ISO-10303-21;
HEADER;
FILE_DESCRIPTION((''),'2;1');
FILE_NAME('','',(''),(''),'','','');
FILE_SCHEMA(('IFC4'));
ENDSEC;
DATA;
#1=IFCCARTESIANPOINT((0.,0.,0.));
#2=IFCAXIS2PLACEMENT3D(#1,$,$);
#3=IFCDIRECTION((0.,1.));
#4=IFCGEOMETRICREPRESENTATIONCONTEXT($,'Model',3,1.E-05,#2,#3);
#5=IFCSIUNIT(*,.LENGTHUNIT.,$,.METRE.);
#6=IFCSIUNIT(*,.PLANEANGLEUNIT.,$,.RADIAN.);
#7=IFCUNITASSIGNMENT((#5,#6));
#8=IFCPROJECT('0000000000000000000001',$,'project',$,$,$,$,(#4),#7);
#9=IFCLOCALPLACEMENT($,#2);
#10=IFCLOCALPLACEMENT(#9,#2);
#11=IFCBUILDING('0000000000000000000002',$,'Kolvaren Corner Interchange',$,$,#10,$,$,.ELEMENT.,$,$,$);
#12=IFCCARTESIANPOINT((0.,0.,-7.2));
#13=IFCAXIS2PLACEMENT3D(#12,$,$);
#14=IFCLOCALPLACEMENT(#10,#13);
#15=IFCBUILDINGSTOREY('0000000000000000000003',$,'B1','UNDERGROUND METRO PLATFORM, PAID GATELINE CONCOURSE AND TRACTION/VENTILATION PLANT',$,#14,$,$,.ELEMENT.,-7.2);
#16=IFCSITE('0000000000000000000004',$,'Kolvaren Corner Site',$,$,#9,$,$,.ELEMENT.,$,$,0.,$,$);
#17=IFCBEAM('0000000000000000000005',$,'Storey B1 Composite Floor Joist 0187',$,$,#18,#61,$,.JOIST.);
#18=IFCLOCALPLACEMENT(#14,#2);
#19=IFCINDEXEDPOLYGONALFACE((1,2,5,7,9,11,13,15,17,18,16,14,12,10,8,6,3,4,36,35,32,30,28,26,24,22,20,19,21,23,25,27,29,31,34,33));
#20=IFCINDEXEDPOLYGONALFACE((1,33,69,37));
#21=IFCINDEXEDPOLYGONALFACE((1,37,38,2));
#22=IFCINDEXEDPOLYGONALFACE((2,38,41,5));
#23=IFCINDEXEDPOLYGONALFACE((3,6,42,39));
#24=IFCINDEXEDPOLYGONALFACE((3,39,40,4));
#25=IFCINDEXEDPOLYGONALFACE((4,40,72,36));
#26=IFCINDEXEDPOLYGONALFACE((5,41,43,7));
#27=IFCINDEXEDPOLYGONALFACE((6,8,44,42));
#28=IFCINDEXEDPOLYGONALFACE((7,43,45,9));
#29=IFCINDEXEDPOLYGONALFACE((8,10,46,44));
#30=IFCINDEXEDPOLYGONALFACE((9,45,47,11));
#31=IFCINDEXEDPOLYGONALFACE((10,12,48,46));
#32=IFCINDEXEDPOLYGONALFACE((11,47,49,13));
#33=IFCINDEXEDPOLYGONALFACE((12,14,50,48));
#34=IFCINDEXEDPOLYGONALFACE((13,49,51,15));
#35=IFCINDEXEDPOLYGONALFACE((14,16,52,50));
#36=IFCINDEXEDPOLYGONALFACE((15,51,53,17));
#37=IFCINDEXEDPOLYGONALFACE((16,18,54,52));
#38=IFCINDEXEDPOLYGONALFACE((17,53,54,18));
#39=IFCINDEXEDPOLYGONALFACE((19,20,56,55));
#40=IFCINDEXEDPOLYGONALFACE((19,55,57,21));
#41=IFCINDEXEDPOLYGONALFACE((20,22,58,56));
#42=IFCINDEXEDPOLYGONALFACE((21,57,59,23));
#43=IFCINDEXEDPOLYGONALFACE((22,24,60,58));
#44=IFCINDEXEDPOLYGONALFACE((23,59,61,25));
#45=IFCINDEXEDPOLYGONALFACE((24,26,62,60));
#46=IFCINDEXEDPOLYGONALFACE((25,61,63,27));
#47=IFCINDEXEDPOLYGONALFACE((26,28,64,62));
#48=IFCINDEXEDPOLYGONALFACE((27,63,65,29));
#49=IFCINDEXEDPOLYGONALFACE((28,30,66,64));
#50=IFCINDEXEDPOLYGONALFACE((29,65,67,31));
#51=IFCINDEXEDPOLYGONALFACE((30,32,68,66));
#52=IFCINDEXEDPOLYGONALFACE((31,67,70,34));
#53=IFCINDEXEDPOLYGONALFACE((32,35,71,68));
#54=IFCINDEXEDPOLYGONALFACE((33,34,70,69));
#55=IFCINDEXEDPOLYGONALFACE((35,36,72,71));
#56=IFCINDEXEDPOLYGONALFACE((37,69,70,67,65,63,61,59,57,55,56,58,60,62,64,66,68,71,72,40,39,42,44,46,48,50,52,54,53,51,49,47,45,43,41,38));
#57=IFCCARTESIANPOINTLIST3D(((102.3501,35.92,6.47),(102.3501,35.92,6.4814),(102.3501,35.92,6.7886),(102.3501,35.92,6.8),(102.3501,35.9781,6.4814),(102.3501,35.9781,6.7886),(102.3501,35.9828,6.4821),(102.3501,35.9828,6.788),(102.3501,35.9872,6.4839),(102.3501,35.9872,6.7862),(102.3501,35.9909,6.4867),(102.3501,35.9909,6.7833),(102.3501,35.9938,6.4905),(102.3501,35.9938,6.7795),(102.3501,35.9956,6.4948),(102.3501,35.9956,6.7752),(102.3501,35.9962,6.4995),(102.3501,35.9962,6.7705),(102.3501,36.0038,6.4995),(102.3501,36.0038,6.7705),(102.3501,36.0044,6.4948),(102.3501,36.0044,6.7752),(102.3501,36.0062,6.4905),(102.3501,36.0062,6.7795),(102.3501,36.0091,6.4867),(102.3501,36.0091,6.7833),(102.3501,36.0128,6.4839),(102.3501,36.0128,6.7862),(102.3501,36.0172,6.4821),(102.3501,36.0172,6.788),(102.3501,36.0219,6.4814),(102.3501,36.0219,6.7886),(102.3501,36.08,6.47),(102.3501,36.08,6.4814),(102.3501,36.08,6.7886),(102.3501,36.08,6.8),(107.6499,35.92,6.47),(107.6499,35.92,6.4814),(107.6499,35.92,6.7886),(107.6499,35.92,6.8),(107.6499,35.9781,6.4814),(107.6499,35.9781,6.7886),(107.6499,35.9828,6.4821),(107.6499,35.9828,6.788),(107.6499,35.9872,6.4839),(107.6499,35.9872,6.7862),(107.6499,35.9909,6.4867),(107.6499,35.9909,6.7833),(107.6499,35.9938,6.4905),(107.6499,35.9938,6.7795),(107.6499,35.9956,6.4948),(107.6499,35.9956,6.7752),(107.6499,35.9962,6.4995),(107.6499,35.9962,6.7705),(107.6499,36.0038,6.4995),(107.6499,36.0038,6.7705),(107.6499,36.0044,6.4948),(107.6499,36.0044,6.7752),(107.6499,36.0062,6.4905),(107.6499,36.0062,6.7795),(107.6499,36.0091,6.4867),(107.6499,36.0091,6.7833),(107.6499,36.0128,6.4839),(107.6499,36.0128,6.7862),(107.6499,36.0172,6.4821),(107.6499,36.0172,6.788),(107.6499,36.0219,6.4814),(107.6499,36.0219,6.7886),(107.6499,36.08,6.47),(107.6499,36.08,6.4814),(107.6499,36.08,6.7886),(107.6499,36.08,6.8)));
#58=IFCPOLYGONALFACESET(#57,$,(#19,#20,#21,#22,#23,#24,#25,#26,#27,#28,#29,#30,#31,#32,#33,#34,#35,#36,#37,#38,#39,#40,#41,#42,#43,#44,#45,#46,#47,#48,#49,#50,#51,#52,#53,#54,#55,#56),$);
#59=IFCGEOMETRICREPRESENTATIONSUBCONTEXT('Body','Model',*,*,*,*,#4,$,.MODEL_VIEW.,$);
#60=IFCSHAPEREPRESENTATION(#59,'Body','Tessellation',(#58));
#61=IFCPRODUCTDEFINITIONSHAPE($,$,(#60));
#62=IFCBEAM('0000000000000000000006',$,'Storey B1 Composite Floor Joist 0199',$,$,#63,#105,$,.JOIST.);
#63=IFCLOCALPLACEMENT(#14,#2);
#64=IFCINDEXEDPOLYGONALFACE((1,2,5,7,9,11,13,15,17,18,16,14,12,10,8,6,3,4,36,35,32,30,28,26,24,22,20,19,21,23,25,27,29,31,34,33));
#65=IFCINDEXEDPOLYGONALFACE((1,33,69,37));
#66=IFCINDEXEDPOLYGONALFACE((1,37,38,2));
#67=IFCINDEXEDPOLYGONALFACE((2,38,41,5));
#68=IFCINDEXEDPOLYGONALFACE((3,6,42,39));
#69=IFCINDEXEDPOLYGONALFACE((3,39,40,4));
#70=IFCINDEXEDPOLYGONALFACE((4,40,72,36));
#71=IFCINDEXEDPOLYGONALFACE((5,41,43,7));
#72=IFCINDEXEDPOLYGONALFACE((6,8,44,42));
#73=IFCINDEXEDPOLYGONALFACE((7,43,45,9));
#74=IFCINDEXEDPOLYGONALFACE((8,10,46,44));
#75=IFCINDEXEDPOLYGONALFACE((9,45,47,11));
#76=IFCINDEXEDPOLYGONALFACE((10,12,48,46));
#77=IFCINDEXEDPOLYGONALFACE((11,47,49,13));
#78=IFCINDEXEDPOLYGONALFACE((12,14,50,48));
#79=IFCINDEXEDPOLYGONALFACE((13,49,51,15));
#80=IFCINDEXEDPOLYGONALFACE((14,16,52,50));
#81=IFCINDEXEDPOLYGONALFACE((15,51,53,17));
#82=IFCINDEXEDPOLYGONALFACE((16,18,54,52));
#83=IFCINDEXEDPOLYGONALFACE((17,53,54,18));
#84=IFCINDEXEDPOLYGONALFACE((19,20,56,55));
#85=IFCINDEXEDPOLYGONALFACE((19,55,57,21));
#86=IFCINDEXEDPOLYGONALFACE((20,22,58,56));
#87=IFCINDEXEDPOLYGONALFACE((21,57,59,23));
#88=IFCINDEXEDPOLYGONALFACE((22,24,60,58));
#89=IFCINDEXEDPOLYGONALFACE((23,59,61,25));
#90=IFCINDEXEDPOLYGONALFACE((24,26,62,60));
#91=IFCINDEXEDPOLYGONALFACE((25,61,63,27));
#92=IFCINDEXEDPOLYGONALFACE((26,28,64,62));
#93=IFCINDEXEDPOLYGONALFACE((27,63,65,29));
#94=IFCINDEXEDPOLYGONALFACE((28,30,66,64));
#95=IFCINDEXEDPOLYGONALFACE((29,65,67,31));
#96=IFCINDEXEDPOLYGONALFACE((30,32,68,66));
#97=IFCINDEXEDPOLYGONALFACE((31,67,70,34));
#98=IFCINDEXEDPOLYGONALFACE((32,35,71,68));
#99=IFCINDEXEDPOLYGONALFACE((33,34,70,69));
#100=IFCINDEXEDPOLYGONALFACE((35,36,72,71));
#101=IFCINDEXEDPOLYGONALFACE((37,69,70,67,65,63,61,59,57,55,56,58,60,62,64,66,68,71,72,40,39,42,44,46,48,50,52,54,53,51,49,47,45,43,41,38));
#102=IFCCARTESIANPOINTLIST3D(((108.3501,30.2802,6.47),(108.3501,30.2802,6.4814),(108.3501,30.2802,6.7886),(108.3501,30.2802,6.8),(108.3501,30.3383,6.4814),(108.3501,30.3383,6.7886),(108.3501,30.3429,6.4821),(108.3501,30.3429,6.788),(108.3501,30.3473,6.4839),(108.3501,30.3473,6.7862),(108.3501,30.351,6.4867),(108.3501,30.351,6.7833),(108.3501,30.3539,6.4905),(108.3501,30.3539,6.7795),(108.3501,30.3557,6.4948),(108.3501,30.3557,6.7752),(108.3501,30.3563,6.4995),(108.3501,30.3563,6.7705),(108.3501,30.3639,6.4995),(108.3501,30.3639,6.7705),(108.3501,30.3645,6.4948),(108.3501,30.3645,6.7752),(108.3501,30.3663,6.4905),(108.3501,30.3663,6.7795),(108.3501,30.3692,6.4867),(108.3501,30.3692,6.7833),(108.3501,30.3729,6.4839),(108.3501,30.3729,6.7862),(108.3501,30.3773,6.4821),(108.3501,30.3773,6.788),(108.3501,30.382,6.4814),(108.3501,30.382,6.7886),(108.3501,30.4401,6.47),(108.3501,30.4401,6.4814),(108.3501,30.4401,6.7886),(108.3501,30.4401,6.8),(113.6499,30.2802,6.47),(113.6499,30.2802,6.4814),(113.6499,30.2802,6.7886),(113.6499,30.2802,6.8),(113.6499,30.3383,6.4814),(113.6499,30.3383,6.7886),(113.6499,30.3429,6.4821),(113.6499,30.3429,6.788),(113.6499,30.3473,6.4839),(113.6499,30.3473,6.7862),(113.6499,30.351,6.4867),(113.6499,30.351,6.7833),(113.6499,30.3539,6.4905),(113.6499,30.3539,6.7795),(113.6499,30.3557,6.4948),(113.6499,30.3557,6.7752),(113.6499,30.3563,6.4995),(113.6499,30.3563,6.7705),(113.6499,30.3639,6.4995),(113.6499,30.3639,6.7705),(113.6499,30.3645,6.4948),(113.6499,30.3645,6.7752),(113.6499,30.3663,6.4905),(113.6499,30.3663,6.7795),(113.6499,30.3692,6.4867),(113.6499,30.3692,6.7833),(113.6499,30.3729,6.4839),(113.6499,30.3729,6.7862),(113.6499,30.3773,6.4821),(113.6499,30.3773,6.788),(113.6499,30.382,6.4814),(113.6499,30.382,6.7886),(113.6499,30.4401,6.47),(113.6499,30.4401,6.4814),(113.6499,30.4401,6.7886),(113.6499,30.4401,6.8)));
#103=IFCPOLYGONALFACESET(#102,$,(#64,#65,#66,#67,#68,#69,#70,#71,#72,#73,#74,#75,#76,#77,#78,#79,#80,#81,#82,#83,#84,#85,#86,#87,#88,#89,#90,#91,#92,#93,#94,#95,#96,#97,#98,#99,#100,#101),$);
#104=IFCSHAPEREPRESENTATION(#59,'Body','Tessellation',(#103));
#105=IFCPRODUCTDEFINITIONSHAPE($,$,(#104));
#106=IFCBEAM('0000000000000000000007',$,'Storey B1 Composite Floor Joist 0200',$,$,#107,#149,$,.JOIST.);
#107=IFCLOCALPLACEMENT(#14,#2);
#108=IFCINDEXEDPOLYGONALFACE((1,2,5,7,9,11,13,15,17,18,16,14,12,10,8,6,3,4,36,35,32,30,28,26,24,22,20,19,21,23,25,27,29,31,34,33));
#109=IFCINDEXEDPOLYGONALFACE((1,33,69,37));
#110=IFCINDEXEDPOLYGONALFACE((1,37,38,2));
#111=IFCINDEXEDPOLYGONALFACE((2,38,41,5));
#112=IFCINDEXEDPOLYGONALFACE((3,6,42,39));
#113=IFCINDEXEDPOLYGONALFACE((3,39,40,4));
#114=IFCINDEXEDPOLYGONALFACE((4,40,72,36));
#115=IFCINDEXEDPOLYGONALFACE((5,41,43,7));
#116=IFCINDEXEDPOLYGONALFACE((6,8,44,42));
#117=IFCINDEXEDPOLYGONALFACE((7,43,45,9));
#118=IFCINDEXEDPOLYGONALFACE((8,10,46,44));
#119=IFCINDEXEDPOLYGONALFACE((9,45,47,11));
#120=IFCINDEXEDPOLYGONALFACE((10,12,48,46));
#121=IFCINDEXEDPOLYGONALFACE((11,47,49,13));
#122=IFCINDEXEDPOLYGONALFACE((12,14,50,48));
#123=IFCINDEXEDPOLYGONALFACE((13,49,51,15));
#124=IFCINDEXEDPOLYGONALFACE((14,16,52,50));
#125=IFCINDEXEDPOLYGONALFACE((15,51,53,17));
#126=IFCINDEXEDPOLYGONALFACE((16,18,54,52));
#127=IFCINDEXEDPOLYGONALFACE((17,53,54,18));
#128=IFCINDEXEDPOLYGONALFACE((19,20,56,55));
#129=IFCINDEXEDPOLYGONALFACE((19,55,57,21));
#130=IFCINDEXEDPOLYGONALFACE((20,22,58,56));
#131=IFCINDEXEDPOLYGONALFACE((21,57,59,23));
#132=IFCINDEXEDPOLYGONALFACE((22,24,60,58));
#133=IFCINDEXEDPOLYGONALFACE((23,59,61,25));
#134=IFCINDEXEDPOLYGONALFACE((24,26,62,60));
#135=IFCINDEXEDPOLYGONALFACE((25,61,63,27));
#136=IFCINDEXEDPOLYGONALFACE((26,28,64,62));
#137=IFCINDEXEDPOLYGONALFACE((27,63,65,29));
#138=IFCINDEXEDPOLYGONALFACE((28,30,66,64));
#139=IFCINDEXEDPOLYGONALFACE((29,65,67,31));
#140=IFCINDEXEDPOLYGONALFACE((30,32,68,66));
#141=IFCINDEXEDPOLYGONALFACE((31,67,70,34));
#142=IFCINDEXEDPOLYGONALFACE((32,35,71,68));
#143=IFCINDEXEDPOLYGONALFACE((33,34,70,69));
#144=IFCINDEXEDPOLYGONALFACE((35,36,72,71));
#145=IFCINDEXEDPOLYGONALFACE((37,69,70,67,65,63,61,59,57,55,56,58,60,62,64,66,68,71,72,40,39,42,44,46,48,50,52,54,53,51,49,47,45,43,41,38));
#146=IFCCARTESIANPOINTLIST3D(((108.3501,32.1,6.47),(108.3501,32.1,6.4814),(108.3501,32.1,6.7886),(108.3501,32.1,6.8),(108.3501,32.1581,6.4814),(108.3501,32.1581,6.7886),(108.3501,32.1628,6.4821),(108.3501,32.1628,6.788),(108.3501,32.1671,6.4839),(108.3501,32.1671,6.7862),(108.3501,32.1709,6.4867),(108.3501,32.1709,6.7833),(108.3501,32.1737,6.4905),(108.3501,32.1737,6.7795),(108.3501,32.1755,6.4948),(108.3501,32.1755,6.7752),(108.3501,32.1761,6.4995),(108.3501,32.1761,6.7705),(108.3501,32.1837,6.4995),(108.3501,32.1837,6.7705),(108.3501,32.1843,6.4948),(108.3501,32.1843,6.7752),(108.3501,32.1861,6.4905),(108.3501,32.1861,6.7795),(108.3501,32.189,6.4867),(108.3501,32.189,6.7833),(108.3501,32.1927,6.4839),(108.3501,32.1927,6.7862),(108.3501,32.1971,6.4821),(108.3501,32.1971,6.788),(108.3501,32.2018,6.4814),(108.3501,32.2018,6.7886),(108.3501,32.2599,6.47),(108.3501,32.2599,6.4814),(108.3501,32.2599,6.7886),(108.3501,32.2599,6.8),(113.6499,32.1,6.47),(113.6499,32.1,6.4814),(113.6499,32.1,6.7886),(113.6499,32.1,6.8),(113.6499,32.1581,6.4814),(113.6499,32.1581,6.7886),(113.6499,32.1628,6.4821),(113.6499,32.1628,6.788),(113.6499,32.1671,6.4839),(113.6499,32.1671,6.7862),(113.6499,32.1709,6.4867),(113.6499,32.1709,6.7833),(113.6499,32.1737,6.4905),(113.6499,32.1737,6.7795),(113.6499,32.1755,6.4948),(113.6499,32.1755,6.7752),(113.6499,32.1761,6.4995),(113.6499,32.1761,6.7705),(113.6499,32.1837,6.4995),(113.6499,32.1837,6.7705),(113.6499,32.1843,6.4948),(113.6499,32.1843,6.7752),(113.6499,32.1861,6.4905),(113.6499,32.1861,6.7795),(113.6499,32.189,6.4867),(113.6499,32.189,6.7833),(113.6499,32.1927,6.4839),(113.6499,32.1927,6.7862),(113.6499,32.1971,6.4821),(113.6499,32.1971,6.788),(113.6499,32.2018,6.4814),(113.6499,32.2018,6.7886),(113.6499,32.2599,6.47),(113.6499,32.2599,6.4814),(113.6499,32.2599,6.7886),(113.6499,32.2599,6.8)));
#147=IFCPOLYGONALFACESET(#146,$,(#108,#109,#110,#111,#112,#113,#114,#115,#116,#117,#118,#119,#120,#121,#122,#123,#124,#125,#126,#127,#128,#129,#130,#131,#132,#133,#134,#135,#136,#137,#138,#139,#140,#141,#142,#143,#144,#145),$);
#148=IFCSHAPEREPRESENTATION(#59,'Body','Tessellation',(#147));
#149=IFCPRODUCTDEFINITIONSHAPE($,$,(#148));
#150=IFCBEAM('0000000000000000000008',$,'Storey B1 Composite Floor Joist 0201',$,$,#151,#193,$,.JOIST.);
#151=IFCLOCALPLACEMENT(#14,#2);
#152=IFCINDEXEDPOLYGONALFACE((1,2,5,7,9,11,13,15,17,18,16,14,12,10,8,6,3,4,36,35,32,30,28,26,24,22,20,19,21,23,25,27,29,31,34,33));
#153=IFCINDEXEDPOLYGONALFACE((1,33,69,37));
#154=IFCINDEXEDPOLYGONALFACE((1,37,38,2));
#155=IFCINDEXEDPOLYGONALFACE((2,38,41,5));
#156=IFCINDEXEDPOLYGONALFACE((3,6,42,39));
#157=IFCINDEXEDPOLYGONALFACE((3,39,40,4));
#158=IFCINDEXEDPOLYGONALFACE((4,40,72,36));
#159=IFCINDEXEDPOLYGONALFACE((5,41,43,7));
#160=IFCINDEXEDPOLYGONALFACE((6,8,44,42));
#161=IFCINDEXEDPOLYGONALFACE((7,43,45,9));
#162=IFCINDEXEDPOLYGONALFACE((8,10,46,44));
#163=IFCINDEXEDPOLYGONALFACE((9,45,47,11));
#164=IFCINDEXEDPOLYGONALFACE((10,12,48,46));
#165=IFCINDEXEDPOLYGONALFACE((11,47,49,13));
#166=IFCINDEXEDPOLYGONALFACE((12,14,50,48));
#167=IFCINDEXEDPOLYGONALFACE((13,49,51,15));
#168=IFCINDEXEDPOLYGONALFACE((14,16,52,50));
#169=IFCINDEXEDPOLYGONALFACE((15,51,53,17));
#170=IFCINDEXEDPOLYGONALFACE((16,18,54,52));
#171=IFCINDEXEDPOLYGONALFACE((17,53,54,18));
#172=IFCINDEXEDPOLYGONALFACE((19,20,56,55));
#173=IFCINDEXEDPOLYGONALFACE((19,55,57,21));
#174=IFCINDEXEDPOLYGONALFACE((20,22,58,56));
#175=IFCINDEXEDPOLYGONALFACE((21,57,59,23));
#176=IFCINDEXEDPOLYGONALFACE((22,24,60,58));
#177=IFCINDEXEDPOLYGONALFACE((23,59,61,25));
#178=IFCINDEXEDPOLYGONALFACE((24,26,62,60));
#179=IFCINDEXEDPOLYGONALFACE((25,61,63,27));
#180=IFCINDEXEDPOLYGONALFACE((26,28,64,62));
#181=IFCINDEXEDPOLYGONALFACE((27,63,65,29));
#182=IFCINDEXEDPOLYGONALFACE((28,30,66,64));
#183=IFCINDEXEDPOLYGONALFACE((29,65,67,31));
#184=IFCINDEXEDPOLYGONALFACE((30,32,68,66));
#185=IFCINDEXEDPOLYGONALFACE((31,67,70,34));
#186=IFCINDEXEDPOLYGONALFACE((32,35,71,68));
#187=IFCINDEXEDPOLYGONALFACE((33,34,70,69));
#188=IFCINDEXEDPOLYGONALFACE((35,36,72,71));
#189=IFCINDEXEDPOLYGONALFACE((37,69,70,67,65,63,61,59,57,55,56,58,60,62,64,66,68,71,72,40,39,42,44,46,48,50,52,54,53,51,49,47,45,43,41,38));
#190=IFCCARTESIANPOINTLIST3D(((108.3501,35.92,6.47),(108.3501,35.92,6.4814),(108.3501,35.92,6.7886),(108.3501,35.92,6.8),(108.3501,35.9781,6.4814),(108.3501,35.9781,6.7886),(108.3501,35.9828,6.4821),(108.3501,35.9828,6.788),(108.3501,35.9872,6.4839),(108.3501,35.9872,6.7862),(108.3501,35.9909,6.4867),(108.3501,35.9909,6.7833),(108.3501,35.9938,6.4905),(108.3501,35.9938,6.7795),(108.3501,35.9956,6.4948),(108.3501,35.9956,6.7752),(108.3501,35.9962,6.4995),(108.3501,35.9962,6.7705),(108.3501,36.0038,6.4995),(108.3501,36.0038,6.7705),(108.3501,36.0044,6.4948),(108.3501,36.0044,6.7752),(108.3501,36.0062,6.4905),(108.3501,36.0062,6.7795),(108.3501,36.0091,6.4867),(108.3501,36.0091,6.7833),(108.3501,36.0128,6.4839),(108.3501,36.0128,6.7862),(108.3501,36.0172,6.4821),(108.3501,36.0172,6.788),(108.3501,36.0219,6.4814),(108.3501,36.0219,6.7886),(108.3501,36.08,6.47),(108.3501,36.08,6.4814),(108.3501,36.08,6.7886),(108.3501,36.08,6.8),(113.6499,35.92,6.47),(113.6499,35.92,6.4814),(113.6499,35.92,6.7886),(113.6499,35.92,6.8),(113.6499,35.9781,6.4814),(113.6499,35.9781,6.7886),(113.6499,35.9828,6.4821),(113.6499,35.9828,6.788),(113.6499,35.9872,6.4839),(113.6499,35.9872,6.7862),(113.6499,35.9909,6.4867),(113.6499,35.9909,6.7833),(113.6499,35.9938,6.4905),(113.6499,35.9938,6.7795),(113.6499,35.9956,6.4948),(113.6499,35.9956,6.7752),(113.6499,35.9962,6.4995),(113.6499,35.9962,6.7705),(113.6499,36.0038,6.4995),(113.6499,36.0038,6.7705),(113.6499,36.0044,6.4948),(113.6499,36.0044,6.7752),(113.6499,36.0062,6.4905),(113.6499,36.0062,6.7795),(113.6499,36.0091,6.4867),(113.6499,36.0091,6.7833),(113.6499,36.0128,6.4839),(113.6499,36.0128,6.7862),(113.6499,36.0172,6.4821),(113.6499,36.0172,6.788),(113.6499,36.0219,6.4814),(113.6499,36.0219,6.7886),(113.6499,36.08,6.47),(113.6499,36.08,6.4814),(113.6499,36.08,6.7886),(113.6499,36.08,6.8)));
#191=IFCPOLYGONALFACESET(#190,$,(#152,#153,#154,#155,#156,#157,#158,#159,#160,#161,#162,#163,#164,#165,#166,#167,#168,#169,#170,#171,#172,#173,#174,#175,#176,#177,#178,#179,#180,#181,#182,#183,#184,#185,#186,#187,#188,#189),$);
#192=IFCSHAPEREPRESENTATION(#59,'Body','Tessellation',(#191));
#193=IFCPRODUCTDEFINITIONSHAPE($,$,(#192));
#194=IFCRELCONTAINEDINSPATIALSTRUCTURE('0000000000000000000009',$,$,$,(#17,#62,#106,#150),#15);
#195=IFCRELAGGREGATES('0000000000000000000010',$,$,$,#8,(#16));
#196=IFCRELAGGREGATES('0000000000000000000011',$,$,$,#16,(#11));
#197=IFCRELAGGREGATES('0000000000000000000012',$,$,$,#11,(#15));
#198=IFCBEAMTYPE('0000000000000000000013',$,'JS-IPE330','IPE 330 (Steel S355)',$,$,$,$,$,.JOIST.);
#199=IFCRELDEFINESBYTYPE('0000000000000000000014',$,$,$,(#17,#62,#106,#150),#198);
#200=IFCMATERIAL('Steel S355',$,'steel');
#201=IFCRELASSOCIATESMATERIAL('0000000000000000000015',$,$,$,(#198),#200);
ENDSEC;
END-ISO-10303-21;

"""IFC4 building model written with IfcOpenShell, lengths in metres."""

from ifc_helpers import new_model, si_unit, direction, frame, origin, origin_2d, place, context, subcontext, project, spatial, i_section, extrude, material, material_profile, profile_set, type_object, element, save


model = new_model("IFC4")

# Units and contexts
model_context = context("Model", 3, precision=1e-05, world=origin(), true_north=direction((0.0, 1.0)))
body_context = subcontext(model_context, "Body", "Model", "MODEL_VIEW")
ifc_project = project(units=[si_unit("LENGTHUNIT", "METRE"), si_unit("PLANEANGLEUNIT", "RADIAN")], contexts=[model_context])

# Site, building, storey
site_placement = place(None, origin())
site = spatial("IfcSite", under=ifc_project, at=site_placement, Name="Kolvaren Corner Site", CompositionType="ELEMENT", RefElevation=0.0)
building_placement = place(site_placement, origin())
building = spatial("IfcBuilding", under=site, at=building_placement, Name="Kolvaren Corner Interchange", CompositionType="ELEMENT")
storey_placement = place(building_placement, frame((0.0, 0.0, -7.2)))
storey = spatial("IfcBuildingStorey", under=building, at=storey_placement, Name="B1", Description="UNDERGROUND METRO PLATFORM, PAID GATELINE CONCOURSE AND TRACTION/VENTILATION PLANT", CompositionType="ELEMENT", Elevation=-7.2)

# Beams
ifc_material_1 = material(Name="Steel S355", Category="steel")
ifc_material_profile_1 = material_profile(ifc_material_1, i_section(OverallWidth=0.1599, OverallDepth=0.3301, WebThickness=0.0076, FlangeThickness=0.0115, FilletRadius=0.0181, at=origin_2d()), Name="IPE 330")
ifc_profile_set_1 = profile_set([ifc_material_profile_1], Name="Steel S355")
beam_type_1 = type_object("IfcBeamType", Name="JS-IPE330", Description="IPE 330 (Steel S355)", PredefinedType="JOIST", material=ifc_profile_set_1)
for number, where, z_axis, x_axis, name in (
    (1, (102.3501, 36.0, 6.635), (1.0, 0.0, 0.0), (0.0, 1.0, 0.0), "Storey B1 Composite Floor Joist 0187"),
    (2, (108.3501, 30.3601, 6.635), (1.0, 0.0, 0.0), (0.0, 1.0, 0.0), "Storey B1 Composite Floor Joist 0199"),
    (3, (108.3501, 32.1799, 6.635), (1.0, 0.0, 0.0), (0.0, 1.0, 0.0), "Storey B1 Composite Floor Joist 0200"),
    (4, (108.3501, 36.0, 6.635), (1.0, 0.0, 0.0), (0.0, 1.0, 0.0), "Storey B1 Composite Floor Joist 0201"),
):
    element("IfcBeam", number, at=place(storey_placement, frame(where, z_axis=z_axis, x_axis=x_axis)), inside=storey, type_object=beam_type_1, Name=name, PredefinedType="JOIST", context=body_context, shape_type="SweptSolid", body=[
        extrude(i_section(OverallWidth=0.1599, OverallDepth=0.3301, WebThickness=0.0076, FlangeThickness=0.0115, FilletRadius=0.0181, at=origin_2d()), origin(), (0.0, 0.0, 1.0), 5.2998),
    ])

save(model, "model.ifc")
